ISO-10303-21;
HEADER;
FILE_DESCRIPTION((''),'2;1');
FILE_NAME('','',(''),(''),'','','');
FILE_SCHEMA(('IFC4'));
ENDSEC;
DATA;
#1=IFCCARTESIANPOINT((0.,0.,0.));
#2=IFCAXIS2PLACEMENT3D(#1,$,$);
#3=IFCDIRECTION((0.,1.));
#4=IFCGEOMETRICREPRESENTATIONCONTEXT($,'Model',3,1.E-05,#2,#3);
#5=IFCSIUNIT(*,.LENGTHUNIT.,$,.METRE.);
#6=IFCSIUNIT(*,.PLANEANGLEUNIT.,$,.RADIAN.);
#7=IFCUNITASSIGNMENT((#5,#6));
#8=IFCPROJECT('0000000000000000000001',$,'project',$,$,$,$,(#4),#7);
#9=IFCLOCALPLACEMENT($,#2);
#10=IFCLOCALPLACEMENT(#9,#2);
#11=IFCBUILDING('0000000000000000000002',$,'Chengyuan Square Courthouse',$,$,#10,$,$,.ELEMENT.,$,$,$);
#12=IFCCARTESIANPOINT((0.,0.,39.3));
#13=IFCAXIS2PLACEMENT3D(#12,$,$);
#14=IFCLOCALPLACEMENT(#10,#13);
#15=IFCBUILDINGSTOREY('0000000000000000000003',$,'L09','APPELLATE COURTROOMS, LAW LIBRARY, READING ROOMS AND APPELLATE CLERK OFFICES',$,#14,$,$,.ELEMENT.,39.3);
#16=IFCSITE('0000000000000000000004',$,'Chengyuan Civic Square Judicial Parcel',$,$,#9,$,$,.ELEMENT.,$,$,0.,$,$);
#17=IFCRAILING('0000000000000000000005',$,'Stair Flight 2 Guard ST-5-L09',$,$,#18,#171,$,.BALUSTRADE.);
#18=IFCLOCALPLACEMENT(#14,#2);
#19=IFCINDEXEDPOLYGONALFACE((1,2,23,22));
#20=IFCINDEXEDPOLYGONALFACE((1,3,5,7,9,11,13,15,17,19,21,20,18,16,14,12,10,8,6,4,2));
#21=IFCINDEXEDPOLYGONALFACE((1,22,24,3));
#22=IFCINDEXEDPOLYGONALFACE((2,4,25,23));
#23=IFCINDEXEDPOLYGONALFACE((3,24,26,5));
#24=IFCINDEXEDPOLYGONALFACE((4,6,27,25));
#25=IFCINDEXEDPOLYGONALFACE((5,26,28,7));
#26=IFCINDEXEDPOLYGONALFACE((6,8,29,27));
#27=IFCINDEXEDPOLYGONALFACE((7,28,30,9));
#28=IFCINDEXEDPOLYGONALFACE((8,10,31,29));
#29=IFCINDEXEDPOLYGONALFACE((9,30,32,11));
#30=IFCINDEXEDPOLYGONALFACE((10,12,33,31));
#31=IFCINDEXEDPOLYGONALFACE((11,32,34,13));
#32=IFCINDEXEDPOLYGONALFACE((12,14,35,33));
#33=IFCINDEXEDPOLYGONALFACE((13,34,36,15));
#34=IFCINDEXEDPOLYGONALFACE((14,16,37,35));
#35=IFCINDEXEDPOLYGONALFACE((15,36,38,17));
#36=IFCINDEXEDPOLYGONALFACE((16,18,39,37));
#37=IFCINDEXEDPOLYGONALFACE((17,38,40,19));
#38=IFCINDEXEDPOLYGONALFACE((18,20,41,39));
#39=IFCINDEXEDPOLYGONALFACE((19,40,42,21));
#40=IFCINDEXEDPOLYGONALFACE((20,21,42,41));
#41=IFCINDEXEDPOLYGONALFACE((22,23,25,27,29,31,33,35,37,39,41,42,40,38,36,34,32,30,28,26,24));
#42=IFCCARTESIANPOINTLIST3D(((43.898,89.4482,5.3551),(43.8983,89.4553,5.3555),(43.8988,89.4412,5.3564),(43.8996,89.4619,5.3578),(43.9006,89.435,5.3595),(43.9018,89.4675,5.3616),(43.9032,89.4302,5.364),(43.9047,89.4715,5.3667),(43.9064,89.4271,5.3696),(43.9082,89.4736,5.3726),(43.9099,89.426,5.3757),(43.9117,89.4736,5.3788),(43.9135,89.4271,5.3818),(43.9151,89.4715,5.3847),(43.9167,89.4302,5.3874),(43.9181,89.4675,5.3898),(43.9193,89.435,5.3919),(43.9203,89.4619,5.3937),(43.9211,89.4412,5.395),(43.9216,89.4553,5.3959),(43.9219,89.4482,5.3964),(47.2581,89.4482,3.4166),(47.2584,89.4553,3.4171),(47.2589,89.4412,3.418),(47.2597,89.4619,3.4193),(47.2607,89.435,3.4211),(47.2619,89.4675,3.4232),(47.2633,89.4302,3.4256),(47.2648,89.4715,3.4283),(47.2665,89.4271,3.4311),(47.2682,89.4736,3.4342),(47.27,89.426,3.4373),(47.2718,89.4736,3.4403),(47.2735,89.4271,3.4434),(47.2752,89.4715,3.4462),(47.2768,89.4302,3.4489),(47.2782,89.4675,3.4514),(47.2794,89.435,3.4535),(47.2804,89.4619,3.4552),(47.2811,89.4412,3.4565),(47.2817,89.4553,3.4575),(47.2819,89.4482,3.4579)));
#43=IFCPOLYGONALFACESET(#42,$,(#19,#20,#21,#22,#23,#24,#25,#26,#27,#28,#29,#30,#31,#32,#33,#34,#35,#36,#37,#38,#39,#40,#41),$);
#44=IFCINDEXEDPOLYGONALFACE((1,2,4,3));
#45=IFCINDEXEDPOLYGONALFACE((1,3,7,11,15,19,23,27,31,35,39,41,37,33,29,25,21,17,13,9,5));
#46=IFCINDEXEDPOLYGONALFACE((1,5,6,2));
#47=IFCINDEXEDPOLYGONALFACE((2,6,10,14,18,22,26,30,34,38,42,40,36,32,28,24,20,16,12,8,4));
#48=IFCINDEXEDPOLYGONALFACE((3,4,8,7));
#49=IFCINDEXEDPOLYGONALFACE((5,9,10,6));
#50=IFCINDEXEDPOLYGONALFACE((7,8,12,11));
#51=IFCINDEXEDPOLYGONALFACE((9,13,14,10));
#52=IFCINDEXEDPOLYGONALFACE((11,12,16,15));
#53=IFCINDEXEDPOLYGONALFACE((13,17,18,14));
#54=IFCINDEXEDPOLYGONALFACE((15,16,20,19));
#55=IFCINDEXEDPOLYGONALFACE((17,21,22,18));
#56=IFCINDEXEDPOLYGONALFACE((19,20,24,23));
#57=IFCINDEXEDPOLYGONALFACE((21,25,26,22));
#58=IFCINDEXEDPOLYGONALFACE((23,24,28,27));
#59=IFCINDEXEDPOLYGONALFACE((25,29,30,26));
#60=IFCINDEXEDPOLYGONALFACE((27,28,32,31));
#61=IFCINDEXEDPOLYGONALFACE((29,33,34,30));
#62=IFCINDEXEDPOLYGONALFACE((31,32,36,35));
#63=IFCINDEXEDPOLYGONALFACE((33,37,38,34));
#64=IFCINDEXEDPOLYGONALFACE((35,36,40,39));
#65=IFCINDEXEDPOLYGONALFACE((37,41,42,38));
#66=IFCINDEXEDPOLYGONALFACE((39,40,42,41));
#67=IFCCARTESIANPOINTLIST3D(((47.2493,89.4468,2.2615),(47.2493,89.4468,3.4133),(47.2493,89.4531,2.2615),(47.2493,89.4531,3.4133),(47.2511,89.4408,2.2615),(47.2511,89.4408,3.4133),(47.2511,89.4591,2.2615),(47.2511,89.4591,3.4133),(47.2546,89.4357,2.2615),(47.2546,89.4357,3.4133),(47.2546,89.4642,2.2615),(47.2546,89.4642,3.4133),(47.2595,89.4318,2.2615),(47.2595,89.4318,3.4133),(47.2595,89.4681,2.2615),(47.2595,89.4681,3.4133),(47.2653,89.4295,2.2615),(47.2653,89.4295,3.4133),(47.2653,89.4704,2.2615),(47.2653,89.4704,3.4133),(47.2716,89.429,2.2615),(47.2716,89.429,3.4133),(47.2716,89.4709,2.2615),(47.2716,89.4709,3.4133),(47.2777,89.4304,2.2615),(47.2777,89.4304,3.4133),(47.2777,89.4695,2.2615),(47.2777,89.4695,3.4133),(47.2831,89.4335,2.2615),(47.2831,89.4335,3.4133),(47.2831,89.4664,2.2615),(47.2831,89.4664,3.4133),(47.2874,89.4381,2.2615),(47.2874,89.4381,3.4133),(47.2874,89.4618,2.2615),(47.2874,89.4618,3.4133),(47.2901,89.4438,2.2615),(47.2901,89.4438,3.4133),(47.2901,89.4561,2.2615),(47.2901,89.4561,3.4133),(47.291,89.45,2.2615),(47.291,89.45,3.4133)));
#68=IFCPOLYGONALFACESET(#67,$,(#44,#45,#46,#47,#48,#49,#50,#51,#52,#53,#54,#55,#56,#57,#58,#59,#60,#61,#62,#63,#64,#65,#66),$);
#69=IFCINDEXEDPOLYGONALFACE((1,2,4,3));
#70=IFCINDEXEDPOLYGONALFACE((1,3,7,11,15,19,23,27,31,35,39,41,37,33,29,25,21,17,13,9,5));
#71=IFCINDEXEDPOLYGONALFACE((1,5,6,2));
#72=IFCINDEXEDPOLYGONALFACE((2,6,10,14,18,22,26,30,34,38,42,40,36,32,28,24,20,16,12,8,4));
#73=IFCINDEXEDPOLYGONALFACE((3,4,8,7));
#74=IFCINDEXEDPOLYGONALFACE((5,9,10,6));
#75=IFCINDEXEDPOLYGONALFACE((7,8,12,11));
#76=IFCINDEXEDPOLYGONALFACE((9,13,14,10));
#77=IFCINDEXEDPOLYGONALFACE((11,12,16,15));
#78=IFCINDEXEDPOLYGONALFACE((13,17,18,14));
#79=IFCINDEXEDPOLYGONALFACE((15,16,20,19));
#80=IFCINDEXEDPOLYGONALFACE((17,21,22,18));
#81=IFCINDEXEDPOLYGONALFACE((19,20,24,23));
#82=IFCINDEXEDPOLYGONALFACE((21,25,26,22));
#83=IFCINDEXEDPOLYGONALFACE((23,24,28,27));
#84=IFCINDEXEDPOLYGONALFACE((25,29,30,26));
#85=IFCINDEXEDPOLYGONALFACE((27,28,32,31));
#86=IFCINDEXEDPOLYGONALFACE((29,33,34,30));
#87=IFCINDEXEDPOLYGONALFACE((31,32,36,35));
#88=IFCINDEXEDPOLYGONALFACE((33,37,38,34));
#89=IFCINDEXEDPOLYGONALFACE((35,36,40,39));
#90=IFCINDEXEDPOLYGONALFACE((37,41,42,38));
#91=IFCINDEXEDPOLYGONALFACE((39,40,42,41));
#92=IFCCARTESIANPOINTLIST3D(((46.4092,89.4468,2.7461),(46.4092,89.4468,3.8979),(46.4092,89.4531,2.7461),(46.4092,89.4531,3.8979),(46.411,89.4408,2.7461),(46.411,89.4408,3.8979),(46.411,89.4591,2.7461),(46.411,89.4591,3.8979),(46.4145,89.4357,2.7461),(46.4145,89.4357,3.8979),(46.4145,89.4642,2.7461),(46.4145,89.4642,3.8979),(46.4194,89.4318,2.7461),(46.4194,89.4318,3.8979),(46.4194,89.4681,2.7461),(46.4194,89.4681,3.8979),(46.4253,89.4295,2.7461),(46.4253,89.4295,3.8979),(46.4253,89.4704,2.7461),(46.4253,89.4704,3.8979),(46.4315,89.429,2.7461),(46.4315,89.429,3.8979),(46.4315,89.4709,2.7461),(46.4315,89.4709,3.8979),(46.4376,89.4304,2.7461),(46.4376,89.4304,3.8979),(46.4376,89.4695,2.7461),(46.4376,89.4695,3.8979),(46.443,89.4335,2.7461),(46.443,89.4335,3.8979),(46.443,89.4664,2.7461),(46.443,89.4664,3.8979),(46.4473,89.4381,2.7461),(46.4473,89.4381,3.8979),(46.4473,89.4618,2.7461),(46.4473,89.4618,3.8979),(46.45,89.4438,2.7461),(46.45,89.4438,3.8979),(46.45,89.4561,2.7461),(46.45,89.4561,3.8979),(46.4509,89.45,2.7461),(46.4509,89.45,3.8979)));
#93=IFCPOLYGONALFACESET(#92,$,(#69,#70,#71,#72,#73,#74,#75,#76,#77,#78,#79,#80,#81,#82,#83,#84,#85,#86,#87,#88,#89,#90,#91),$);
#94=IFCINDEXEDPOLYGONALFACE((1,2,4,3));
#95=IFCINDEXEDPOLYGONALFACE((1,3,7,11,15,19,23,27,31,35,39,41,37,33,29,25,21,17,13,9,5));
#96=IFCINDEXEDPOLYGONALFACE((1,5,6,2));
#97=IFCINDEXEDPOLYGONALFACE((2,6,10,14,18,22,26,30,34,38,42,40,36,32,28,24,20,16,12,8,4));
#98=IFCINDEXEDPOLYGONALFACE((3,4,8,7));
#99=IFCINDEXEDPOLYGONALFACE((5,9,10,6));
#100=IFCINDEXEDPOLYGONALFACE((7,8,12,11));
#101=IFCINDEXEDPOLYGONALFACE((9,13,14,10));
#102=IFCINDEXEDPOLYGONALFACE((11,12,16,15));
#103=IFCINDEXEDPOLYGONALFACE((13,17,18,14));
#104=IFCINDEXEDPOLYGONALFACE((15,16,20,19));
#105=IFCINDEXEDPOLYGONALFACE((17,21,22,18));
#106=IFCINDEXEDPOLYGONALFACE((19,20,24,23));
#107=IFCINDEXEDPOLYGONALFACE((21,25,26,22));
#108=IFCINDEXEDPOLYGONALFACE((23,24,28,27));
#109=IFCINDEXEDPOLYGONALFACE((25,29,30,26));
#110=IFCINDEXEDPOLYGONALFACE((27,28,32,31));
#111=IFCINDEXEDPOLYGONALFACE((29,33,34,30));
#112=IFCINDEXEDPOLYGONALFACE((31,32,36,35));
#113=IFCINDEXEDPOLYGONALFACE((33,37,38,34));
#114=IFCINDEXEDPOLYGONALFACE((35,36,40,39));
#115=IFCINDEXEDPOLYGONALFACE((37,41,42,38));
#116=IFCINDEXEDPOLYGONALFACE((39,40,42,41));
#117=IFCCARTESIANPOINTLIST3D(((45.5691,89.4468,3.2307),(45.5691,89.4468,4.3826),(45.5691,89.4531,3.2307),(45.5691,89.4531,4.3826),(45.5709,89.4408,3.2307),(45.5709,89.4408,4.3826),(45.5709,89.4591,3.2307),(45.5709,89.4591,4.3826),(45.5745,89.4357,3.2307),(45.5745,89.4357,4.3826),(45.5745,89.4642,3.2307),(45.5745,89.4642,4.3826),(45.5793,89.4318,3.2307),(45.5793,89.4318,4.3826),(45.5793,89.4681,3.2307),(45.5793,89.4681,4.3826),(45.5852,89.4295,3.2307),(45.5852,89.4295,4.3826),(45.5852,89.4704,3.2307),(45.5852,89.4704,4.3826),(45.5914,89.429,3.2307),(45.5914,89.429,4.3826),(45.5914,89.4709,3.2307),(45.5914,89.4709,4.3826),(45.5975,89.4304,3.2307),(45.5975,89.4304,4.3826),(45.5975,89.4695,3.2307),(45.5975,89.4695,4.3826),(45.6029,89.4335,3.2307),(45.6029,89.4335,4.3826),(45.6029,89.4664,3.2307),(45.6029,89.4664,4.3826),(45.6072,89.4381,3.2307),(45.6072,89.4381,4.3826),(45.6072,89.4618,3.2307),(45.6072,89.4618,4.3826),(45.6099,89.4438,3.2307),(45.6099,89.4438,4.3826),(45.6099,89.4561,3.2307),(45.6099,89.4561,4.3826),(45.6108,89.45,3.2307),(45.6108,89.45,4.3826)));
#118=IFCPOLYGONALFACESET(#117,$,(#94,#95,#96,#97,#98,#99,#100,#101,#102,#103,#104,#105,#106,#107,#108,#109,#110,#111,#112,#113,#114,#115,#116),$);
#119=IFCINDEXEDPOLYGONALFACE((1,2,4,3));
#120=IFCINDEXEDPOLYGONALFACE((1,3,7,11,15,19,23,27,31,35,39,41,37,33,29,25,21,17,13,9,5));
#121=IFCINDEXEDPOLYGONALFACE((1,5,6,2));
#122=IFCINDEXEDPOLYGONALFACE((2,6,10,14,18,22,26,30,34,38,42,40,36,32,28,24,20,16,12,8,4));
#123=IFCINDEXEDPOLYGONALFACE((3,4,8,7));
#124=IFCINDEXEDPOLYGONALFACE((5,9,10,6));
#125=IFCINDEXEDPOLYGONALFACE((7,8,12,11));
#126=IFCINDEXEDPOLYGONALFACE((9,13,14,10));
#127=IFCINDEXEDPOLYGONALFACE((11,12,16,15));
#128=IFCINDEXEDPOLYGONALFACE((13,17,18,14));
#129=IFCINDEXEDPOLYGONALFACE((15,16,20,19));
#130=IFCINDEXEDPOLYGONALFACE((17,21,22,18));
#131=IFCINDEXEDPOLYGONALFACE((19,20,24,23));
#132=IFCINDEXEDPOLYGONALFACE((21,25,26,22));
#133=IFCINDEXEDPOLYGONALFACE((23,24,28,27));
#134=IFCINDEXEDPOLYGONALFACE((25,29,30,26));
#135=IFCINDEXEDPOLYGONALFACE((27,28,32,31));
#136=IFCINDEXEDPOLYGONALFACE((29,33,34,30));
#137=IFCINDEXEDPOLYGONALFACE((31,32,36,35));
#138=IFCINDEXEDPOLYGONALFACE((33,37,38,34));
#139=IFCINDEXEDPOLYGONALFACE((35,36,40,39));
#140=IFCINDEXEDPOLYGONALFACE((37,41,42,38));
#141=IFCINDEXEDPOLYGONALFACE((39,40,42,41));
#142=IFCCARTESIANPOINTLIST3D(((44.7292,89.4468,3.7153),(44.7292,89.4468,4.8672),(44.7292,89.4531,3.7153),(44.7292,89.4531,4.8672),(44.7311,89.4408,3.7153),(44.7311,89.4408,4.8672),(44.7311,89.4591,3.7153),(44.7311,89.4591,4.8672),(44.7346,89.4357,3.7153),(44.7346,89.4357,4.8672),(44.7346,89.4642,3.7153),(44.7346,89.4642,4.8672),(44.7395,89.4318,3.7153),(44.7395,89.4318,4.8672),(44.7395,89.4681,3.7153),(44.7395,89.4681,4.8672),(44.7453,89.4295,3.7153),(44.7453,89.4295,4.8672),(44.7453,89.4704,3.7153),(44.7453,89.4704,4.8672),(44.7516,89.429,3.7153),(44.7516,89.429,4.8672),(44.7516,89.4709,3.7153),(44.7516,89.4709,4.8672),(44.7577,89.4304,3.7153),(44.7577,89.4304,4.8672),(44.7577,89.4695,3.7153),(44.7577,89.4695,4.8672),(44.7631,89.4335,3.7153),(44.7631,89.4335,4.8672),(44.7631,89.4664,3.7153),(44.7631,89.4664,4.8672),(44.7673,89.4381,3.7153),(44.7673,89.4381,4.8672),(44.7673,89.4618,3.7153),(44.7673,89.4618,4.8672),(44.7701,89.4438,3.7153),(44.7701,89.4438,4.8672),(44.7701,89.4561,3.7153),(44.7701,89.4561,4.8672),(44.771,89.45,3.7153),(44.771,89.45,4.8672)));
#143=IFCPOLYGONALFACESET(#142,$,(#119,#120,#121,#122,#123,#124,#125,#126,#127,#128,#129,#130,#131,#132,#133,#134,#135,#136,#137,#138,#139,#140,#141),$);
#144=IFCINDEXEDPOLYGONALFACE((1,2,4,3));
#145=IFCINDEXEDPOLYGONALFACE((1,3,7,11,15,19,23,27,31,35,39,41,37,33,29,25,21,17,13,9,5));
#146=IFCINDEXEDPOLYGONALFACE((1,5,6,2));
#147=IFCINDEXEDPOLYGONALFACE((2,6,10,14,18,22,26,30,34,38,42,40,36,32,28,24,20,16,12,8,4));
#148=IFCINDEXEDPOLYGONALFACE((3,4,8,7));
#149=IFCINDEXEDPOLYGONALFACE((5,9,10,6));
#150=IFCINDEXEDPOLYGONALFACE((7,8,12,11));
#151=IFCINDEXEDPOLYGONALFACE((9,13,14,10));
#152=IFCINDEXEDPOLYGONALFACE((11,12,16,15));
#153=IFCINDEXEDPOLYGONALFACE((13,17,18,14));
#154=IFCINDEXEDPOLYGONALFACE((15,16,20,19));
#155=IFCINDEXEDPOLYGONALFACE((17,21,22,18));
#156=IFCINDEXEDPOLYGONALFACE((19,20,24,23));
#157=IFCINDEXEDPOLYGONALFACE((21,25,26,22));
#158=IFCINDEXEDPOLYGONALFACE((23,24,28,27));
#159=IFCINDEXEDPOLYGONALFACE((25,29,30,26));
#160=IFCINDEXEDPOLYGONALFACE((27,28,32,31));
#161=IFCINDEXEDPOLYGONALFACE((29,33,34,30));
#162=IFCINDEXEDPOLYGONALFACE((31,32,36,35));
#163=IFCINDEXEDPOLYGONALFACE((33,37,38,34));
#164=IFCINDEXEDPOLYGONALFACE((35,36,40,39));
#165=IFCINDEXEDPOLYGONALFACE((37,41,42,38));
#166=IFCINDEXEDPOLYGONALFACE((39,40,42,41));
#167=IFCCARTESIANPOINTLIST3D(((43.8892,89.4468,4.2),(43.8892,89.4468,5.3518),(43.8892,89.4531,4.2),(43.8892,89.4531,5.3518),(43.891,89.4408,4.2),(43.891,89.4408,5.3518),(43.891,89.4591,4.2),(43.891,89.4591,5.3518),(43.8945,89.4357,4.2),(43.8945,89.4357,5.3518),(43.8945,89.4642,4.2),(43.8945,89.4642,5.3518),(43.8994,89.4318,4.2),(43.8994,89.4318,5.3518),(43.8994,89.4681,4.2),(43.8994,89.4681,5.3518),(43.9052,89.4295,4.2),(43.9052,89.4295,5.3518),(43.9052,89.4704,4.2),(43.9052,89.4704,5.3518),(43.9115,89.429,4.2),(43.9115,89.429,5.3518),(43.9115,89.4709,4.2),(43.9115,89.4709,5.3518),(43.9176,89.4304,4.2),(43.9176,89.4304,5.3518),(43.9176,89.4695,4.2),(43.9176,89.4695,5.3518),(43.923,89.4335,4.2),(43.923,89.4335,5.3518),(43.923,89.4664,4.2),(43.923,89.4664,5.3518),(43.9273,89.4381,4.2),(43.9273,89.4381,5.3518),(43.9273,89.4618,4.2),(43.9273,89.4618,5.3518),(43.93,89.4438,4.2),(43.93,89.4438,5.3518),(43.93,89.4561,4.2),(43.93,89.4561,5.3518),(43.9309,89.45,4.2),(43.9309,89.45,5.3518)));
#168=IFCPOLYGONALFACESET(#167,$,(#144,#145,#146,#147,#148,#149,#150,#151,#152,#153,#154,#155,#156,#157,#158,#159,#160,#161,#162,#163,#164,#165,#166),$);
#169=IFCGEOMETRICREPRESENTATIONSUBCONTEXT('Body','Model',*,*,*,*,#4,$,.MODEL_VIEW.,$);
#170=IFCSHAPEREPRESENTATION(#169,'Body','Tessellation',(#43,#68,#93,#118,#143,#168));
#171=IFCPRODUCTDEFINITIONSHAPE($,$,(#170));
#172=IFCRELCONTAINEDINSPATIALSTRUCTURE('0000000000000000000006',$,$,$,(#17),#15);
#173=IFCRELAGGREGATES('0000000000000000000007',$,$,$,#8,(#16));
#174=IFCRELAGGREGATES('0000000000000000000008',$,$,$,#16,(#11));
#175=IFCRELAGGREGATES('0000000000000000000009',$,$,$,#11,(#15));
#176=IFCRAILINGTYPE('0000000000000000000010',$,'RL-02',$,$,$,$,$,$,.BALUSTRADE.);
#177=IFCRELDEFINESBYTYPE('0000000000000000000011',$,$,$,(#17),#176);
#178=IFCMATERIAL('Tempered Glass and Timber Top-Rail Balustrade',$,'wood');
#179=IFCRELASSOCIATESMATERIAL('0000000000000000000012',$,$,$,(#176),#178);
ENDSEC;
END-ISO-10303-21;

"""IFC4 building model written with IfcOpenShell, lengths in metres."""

from ifc_helpers import new_model, si_unit, direction, frame, origin, origin_2d, place, context, subcontext, project, spatial, circle, extrude, material, type_object, element, save


model = new_model("IFC4")

# Units and contexts
model_context = context("Model", 3, precision=1e-05, world=origin(), true_north=direction((0.0, 1.0)))
body_context = subcontext(model_context, "Body", "Model", "MODEL_VIEW")
ifc_project = project(units=[si_unit("LENGTHUNIT", "METRE"), si_unit("PLANEANGLEUNIT", "RADIAN")], contexts=[model_context])

# Site, building, storey
site_placement = place(None, origin())
site = spatial("IfcSite", under=ifc_project, at=site_placement, Name="Chengyuan Civic Square Judicial Parcel", CompositionType="ELEMENT", RefElevation=0.0)
building_placement = place(site_placement, origin())
building = spatial("IfcBuilding", under=site, at=building_placement, Name="Chengyuan Square Courthouse", CompositionType="ELEMENT")
storey_placement = place(building_placement, frame((0.0, 0.0, 39.3)))
storey = spatial("IfcBuildingStorey", under=building, at=storey_placement, Name="L09", Description="APPELLATE COURTROOMS, LAW LIBRARY, READING ROOMS AND APPELLATE CLERK OFFICES", CompositionType="ELEMENT", Elevation=39.3)

# Railing
ifc_material_1 = material(Name="Tempered Glass and Timber Top-Rail Balustrade", Category="wood")
railing_type = type_object("IfcRailingType", Name="RL-02", PredefinedType="BALUSTRADE", material=ifc_material_1)
railing_1_placement = place(storey_placement, frame((47.27, 89.45, 2.2615)))
element("IfcRailing", 1, at=railing_1_placement, inside=storey, type_object=railing_type, Name="Stair Flight 2 Guard ST-5-L09", PredefinedType="BALUSTRADE", context=body_context, shape_type="SweptSolid", body=[
    extrude(circle(Radius=0.0239, at=origin_2d()), frame((0.0, 0.0, 1.1758), z_axis=(-0.866191, 0.0, 0.499713), x_axis=(0.0, -1.0, 0.0)), (0.0, 0.0, 1.0), 3.8792),
    extrude(circle(Radius=0.021, at=origin_2d()), origin(), (0.0, 0.0, 1.0), 1.1519),
    extrude(circle(Radius=0.021, at=origin_2d()), frame((-0.8401, 0.0, 0.4846)), (0.0, 0.0, 1.0), 1.1519),
    extrude(circle(Radius=0.021, at=origin_2d()), frame((-1.6802, 0.0, 0.9692)), (0.0, 0.0, 1.0), 1.1519),
    extrude(circle(Radius=0.021, at=origin_2d()), frame((-2.52, 0.0, 1.4539)), (0.0, 0.0, 1.0), 1.1519),
    extrude(circle(Radius=0.021, at=origin_2d()), frame((-3.3601, 0.0, 1.9385)), (0.0, 0.0, 1.0), 1.1519),
])

save(model, "model.ifc")
